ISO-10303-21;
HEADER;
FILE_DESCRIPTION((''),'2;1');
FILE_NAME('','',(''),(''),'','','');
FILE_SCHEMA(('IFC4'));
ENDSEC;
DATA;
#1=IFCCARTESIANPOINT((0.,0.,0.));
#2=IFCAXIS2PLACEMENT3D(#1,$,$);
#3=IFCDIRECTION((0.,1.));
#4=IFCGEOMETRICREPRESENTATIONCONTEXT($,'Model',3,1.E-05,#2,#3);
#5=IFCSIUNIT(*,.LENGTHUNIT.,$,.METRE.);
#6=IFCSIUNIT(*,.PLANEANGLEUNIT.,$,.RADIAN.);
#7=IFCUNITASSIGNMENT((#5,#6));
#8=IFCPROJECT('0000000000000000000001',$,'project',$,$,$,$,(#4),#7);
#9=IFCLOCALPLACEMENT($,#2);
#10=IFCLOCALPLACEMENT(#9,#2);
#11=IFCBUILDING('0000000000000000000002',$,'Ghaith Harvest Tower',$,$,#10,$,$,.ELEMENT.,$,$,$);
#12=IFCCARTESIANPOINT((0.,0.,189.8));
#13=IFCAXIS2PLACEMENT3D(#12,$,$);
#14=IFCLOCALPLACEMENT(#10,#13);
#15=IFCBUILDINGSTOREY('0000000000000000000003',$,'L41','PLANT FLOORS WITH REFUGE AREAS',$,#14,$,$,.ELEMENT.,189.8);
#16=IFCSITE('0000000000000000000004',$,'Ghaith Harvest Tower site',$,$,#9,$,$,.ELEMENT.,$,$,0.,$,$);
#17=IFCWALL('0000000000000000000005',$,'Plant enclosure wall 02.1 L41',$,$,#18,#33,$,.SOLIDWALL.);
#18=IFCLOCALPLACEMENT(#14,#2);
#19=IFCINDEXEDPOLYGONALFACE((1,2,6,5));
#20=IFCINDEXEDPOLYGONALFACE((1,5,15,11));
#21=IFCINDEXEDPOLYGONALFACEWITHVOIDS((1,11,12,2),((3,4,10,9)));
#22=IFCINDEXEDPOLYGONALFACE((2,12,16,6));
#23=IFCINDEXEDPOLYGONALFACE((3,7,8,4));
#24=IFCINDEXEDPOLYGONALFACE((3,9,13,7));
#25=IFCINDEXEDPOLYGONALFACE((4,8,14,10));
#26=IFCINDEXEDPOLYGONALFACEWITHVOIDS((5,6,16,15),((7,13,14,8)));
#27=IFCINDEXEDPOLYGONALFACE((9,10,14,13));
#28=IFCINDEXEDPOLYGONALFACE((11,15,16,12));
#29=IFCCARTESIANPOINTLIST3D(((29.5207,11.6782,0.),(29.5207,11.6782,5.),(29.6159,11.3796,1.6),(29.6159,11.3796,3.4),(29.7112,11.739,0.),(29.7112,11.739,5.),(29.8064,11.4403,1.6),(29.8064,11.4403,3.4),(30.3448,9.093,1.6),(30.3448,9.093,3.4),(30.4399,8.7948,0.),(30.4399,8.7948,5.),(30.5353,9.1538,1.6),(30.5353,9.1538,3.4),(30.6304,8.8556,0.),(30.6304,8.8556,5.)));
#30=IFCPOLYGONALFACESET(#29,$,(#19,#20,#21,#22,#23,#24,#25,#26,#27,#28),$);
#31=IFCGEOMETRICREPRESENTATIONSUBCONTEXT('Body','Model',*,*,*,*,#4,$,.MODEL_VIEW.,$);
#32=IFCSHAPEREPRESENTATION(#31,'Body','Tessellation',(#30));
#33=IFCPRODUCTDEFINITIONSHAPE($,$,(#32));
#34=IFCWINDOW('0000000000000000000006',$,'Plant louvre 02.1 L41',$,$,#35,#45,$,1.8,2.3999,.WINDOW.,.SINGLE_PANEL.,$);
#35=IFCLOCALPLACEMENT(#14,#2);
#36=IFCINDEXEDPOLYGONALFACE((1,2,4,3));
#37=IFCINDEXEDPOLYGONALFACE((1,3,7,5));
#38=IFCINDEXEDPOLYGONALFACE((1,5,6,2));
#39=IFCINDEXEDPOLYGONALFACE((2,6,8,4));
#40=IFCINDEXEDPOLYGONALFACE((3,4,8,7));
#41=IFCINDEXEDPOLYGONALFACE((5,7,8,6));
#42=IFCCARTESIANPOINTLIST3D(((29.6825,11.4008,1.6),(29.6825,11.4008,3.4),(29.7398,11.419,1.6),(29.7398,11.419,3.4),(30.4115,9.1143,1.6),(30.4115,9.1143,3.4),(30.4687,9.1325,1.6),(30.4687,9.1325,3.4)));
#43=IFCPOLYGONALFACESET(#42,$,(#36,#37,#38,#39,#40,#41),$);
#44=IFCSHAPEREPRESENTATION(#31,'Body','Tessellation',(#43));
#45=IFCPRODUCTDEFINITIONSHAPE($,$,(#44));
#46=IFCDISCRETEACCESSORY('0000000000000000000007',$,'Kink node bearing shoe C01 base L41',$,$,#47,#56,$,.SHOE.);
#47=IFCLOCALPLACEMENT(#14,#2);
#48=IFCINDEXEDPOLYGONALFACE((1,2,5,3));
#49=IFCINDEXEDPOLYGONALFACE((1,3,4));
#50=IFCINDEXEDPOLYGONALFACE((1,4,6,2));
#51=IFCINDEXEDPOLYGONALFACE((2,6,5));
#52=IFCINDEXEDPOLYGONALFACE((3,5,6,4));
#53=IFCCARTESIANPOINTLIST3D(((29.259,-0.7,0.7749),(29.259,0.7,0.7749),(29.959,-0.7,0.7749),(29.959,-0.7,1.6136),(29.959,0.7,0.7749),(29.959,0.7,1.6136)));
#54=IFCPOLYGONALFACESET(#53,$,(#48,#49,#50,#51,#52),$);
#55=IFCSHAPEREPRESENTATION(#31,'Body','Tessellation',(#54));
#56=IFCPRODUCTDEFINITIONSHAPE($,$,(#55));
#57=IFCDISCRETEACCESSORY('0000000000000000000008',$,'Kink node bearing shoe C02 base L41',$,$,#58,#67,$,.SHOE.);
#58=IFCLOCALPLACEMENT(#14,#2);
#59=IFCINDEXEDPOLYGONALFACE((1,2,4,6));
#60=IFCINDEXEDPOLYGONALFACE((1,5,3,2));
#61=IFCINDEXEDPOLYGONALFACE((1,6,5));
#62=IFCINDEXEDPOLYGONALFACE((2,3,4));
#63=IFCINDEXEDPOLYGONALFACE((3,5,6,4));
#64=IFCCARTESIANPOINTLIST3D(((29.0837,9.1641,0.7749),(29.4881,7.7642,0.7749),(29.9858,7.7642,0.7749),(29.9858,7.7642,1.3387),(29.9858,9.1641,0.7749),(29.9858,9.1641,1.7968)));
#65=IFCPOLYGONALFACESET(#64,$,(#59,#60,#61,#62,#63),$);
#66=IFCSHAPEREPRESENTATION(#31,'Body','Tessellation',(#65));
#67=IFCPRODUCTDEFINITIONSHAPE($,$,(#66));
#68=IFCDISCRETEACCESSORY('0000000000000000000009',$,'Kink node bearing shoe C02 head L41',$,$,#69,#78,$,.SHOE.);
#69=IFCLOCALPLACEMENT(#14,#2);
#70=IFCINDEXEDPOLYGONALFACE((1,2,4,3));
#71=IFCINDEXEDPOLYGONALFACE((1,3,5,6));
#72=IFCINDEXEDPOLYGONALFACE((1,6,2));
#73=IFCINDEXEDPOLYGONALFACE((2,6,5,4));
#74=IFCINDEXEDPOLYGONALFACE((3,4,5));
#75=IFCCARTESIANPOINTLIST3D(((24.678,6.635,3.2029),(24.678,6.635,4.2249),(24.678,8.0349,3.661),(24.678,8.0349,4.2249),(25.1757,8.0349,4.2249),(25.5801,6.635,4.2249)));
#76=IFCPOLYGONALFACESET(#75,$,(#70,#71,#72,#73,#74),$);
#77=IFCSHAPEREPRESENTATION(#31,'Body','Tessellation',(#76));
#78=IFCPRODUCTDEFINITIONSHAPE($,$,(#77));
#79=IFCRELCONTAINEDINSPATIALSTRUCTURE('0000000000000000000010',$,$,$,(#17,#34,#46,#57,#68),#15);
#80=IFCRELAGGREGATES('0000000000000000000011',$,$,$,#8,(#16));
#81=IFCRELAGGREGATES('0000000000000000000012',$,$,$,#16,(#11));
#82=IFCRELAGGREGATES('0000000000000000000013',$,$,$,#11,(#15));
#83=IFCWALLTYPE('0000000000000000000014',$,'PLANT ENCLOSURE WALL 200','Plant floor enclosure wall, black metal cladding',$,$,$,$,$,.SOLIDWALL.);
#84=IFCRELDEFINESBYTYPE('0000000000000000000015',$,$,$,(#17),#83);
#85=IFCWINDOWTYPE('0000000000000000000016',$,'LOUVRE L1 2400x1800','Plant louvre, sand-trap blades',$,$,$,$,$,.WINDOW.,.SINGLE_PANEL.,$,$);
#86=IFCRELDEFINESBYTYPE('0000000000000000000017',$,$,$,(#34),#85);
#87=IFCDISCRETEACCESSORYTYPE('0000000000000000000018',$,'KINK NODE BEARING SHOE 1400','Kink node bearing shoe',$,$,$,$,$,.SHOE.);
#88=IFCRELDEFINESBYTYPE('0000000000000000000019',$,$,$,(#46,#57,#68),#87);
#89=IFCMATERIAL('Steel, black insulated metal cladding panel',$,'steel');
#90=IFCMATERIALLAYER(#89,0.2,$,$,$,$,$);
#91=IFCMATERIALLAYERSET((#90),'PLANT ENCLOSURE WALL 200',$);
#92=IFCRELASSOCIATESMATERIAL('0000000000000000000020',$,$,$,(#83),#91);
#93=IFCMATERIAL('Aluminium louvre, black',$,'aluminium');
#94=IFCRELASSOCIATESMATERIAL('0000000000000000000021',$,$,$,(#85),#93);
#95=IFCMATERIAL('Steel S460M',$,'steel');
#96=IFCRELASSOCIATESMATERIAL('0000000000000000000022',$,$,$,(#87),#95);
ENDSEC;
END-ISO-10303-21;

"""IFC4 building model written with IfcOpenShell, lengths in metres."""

from ifc_helpers import new_model, si_unit, direction, frame, frame_2d, origin, origin_2d, place, context, subcontext, project, spatial, rectangle, extrude, clip, halfspace, material, layer, layer_set, material_profile, profile_set, type_object, element, fill, save


model = new_model("IFC4")

# Units and contexts
model_context = context("Model", 3, precision=1e-05, world=origin(), true_north=direction((0.0, 1.0)))
body_context = subcontext(model_context, "Body", "Model", "MODEL_VIEW")
ifc_project = project(units=[si_unit("LENGTHUNIT", "METRE"), si_unit("PLANEANGLEUNIT", "RADIAN")], contexts=[model_context])

# Site, building, storey
site_placement = place(None, origin())
site = spatial("IfcSite", under=ifc_project, at=site_placement, Name="Ghaith Harvest Tower site", CompositionType="ELEMENT", RefElevation=0.0)
building_placement = place(site_placement, origin())
building = spatial("IfcBuilding", under=site, at=building_placement, Name="Ghaith Harvest Tower", CompositionType="ELEMENT")
storey_placement = place(building_placement, frame((0.0, 0.0, 189.8)))
storey = spatial("IfcBuildingStorey", under=building, at=storey_placement, Name="L41", Description="PLANT FLOORS WITH REFUGE AREAS", CompositionType="ELEMENT", Elevation=189.8)

# Wall, opening, window
ifc_material_1 = material(Name="Steel, black insulated metal cladding panel", Category="steel")
ifc_layer_1 = layer(ifc_material_1, 0.2)
ifc_layer_set_1 = layer_set([ifc_layer_1], Name="PLANT ENCLOSURE WALL 200")
wall_type_1 = type_object("IfcWallType", Name="PLANT ENCLOSURE WALL 200", Description="Plant floor enclosure wall, black metal cladding", PredefinedType="SOLIDWALL", material=ifc_layer_set_1)
ifc_material_2 = material(Name="Aluminium louvre, black", Category="aluminium")
window_type = type_object("IfcWindowType", Name="LOUVRE L1 2400x1800", Description="Plant louvre, sand-trap blades", PartitioningType="SINGLE_PANEL", PredefinedType="WINDOW", material=ifc_material_2)
wall_1_placement = place(storey_placement, frame((30.5352, 8.8252, 0.0), z_axis=(0.0, 0.0, 1.0), x_axis=(-0.303736, 0.952756, 0.0)))
wall_1 = element("IfcWall", 1, at=wall_1_placement, inside=storey, type_object=wall_type_1, Name="Plant enclosure wall 02.1 L41", PredefinedType="SOLIDWALL", context=body_context, shape_type="SweptSolid", body=[
    extrude(rectangle(XDim=3.0264, YDim=0.2, at=frame_2d((1.5132, 0.0))), origin(), (0.0, 0.0, 1.0), 5.0),
])
opening_1_placement = place(wall_1_placement, frame((0.313, 0.0, 1.6001)))
opening_1 = element("IfcOpeningElement", 2, at=opening_1_placement, cuts=wall_1, PredefinedType="OPENING", context=body_context, shape_type="SweptSolid", body=[
    extrude(rectangle(XDim=2.3999, YDim=1.8, at=frame_2d((1.2, 0.8999))), frame((0.0, 0.1099, 0.0), z_axis=(0.0, -1.0, 0.0), x_axis=(1.0, 0.0, 0.0)), (0.0, 0.0, 1.0), 0.22),
])
window_1_placement = place(opening_1_placement, origin())
window_1 = element("IfcWindow", 3, at=window_1_placement, inside=storey, type_object=window_type, Name="Plant louvre 02.1 L41", OverallHeight=1.8, OverallWidth=2.3999, PartitioningType="SINGLE_PANEL", PredefinedType="WINDOW", context=body_context, shape_type="SweptSolid", body=[
    extrude(rectangle(XDim=2.3999, YDim=1.8, at=frame_2d((1.2, 0.8999))), frame((0.0, 0.03, 0.0), z_axis=(0.0, -1.0, 0.0), x_axis=(1.0, 0.0, 0.0)), (0.0, 0.0, 1.0), 0.0601),
])
fill(opening_1, window_1)

# Discrete accessories
ifc_material_3 = material(Name="Steel S460M", Category="steel")
ifc_material_profile_1 = material_profile(ifc_material_3, rectangle(XDim=1.3999, YDim=1.3999, at=origin_2d()), Name="KINK NODE BEARING SHOE 1400")
ifc_profile_set_1 = profile_set([ifc_material_profile_1], Name="Steel S460M")
discrete_accessory_type = type_object("IfcDiscreteAccessoryType", Name="KINK NODE BEARING SHOE 1400", Description="Kink node bearing shoe", PredefinedType="SHOE", material=ifc_profile_set_1)
discrete_accessory_1_placement = place(storey_placement, frame((29.259, 0.0, 0.7749), z_axis=(0.0, 0.0, 1.0), x_axis=(1.0, 0.0, 0.0)))
element("IfcDiscreteAccessory", 4, at=discrete_accessory_1_placement, inside=storey, type_object=discrete_accessory_type, Name="Kink node bearing shoe C01 base L41", PredefinedType="SHOE", context=body_context, shape_type="Clipping", body=[
    clip(extrude(rectangle(XDim=1.3999, YDim=1.3999, at=origin_2d()), origin(), (0.0, 0.0, 1.0), 0.8489), halfspace(frame((0.0, 0.0, 0.0), z_axis=(-0.767764, 0.0, 0.640732), x_axis=(1.0, 0.0, 0.0)), False)),
])
discrete_accessory_2_placement = place(storey_placement, frame((29.2859, 8.4641, 0.7749), z_axis=(0.0, 0.0, 1.0), x_axis=(1.0, 0.0, 0.0)))
element("IfcDiscreteAccessory", 5, at=discrete_accessory_2_placement, inside=storey, type_object=discrete_accessory_type, Name="Kink node bearing shoe C02 base L41", PredefinedType="SHOE", context=body_context, shape_type="Clipping", body=[
    clip(extrude(rectangle(XDim=1.3999, YDim=1.3999, at=origin_2d()), origin(), (0.0, 0.0, 1.0), 1.032), halfspace(frame((0.0, 0.0, 0.0), z_axis=(-0.732684, -0.211668, 0.646816), x_axis=(1.0, 0.0, 0.0)), False)),
])
discrete_accessory_3_placement = place(storey_placement, frame((25.3779, 7.335, 3.1929), z_axis=(0.0, 0.0, 1.0), x_axis=(1.0, 0.0, 0.0)))
element("IfcDiscreteAccessory", 6, at=discrete_accessory_3_placement, inside=storey, type_object=discrete_accessory_type, Name="Kink node bearing shoe C02 head L41", PredefinedType="SHOE", context=body_context, shape_type="Clipping", body=[
    clip(extrude(rectangle(XDim=1.3999, YDim=1.3999, at=origin_2d()), origin(), (0.0, 0.0, 1.0), 1.032), halfspace(frame((0.0, 0.0, 1.032), z_axis=(0.732684, 0.211668, -0.646816), x_axis=(1.0, 0.0, 0.0)), False)),
])

save(model, "model.ifc")
